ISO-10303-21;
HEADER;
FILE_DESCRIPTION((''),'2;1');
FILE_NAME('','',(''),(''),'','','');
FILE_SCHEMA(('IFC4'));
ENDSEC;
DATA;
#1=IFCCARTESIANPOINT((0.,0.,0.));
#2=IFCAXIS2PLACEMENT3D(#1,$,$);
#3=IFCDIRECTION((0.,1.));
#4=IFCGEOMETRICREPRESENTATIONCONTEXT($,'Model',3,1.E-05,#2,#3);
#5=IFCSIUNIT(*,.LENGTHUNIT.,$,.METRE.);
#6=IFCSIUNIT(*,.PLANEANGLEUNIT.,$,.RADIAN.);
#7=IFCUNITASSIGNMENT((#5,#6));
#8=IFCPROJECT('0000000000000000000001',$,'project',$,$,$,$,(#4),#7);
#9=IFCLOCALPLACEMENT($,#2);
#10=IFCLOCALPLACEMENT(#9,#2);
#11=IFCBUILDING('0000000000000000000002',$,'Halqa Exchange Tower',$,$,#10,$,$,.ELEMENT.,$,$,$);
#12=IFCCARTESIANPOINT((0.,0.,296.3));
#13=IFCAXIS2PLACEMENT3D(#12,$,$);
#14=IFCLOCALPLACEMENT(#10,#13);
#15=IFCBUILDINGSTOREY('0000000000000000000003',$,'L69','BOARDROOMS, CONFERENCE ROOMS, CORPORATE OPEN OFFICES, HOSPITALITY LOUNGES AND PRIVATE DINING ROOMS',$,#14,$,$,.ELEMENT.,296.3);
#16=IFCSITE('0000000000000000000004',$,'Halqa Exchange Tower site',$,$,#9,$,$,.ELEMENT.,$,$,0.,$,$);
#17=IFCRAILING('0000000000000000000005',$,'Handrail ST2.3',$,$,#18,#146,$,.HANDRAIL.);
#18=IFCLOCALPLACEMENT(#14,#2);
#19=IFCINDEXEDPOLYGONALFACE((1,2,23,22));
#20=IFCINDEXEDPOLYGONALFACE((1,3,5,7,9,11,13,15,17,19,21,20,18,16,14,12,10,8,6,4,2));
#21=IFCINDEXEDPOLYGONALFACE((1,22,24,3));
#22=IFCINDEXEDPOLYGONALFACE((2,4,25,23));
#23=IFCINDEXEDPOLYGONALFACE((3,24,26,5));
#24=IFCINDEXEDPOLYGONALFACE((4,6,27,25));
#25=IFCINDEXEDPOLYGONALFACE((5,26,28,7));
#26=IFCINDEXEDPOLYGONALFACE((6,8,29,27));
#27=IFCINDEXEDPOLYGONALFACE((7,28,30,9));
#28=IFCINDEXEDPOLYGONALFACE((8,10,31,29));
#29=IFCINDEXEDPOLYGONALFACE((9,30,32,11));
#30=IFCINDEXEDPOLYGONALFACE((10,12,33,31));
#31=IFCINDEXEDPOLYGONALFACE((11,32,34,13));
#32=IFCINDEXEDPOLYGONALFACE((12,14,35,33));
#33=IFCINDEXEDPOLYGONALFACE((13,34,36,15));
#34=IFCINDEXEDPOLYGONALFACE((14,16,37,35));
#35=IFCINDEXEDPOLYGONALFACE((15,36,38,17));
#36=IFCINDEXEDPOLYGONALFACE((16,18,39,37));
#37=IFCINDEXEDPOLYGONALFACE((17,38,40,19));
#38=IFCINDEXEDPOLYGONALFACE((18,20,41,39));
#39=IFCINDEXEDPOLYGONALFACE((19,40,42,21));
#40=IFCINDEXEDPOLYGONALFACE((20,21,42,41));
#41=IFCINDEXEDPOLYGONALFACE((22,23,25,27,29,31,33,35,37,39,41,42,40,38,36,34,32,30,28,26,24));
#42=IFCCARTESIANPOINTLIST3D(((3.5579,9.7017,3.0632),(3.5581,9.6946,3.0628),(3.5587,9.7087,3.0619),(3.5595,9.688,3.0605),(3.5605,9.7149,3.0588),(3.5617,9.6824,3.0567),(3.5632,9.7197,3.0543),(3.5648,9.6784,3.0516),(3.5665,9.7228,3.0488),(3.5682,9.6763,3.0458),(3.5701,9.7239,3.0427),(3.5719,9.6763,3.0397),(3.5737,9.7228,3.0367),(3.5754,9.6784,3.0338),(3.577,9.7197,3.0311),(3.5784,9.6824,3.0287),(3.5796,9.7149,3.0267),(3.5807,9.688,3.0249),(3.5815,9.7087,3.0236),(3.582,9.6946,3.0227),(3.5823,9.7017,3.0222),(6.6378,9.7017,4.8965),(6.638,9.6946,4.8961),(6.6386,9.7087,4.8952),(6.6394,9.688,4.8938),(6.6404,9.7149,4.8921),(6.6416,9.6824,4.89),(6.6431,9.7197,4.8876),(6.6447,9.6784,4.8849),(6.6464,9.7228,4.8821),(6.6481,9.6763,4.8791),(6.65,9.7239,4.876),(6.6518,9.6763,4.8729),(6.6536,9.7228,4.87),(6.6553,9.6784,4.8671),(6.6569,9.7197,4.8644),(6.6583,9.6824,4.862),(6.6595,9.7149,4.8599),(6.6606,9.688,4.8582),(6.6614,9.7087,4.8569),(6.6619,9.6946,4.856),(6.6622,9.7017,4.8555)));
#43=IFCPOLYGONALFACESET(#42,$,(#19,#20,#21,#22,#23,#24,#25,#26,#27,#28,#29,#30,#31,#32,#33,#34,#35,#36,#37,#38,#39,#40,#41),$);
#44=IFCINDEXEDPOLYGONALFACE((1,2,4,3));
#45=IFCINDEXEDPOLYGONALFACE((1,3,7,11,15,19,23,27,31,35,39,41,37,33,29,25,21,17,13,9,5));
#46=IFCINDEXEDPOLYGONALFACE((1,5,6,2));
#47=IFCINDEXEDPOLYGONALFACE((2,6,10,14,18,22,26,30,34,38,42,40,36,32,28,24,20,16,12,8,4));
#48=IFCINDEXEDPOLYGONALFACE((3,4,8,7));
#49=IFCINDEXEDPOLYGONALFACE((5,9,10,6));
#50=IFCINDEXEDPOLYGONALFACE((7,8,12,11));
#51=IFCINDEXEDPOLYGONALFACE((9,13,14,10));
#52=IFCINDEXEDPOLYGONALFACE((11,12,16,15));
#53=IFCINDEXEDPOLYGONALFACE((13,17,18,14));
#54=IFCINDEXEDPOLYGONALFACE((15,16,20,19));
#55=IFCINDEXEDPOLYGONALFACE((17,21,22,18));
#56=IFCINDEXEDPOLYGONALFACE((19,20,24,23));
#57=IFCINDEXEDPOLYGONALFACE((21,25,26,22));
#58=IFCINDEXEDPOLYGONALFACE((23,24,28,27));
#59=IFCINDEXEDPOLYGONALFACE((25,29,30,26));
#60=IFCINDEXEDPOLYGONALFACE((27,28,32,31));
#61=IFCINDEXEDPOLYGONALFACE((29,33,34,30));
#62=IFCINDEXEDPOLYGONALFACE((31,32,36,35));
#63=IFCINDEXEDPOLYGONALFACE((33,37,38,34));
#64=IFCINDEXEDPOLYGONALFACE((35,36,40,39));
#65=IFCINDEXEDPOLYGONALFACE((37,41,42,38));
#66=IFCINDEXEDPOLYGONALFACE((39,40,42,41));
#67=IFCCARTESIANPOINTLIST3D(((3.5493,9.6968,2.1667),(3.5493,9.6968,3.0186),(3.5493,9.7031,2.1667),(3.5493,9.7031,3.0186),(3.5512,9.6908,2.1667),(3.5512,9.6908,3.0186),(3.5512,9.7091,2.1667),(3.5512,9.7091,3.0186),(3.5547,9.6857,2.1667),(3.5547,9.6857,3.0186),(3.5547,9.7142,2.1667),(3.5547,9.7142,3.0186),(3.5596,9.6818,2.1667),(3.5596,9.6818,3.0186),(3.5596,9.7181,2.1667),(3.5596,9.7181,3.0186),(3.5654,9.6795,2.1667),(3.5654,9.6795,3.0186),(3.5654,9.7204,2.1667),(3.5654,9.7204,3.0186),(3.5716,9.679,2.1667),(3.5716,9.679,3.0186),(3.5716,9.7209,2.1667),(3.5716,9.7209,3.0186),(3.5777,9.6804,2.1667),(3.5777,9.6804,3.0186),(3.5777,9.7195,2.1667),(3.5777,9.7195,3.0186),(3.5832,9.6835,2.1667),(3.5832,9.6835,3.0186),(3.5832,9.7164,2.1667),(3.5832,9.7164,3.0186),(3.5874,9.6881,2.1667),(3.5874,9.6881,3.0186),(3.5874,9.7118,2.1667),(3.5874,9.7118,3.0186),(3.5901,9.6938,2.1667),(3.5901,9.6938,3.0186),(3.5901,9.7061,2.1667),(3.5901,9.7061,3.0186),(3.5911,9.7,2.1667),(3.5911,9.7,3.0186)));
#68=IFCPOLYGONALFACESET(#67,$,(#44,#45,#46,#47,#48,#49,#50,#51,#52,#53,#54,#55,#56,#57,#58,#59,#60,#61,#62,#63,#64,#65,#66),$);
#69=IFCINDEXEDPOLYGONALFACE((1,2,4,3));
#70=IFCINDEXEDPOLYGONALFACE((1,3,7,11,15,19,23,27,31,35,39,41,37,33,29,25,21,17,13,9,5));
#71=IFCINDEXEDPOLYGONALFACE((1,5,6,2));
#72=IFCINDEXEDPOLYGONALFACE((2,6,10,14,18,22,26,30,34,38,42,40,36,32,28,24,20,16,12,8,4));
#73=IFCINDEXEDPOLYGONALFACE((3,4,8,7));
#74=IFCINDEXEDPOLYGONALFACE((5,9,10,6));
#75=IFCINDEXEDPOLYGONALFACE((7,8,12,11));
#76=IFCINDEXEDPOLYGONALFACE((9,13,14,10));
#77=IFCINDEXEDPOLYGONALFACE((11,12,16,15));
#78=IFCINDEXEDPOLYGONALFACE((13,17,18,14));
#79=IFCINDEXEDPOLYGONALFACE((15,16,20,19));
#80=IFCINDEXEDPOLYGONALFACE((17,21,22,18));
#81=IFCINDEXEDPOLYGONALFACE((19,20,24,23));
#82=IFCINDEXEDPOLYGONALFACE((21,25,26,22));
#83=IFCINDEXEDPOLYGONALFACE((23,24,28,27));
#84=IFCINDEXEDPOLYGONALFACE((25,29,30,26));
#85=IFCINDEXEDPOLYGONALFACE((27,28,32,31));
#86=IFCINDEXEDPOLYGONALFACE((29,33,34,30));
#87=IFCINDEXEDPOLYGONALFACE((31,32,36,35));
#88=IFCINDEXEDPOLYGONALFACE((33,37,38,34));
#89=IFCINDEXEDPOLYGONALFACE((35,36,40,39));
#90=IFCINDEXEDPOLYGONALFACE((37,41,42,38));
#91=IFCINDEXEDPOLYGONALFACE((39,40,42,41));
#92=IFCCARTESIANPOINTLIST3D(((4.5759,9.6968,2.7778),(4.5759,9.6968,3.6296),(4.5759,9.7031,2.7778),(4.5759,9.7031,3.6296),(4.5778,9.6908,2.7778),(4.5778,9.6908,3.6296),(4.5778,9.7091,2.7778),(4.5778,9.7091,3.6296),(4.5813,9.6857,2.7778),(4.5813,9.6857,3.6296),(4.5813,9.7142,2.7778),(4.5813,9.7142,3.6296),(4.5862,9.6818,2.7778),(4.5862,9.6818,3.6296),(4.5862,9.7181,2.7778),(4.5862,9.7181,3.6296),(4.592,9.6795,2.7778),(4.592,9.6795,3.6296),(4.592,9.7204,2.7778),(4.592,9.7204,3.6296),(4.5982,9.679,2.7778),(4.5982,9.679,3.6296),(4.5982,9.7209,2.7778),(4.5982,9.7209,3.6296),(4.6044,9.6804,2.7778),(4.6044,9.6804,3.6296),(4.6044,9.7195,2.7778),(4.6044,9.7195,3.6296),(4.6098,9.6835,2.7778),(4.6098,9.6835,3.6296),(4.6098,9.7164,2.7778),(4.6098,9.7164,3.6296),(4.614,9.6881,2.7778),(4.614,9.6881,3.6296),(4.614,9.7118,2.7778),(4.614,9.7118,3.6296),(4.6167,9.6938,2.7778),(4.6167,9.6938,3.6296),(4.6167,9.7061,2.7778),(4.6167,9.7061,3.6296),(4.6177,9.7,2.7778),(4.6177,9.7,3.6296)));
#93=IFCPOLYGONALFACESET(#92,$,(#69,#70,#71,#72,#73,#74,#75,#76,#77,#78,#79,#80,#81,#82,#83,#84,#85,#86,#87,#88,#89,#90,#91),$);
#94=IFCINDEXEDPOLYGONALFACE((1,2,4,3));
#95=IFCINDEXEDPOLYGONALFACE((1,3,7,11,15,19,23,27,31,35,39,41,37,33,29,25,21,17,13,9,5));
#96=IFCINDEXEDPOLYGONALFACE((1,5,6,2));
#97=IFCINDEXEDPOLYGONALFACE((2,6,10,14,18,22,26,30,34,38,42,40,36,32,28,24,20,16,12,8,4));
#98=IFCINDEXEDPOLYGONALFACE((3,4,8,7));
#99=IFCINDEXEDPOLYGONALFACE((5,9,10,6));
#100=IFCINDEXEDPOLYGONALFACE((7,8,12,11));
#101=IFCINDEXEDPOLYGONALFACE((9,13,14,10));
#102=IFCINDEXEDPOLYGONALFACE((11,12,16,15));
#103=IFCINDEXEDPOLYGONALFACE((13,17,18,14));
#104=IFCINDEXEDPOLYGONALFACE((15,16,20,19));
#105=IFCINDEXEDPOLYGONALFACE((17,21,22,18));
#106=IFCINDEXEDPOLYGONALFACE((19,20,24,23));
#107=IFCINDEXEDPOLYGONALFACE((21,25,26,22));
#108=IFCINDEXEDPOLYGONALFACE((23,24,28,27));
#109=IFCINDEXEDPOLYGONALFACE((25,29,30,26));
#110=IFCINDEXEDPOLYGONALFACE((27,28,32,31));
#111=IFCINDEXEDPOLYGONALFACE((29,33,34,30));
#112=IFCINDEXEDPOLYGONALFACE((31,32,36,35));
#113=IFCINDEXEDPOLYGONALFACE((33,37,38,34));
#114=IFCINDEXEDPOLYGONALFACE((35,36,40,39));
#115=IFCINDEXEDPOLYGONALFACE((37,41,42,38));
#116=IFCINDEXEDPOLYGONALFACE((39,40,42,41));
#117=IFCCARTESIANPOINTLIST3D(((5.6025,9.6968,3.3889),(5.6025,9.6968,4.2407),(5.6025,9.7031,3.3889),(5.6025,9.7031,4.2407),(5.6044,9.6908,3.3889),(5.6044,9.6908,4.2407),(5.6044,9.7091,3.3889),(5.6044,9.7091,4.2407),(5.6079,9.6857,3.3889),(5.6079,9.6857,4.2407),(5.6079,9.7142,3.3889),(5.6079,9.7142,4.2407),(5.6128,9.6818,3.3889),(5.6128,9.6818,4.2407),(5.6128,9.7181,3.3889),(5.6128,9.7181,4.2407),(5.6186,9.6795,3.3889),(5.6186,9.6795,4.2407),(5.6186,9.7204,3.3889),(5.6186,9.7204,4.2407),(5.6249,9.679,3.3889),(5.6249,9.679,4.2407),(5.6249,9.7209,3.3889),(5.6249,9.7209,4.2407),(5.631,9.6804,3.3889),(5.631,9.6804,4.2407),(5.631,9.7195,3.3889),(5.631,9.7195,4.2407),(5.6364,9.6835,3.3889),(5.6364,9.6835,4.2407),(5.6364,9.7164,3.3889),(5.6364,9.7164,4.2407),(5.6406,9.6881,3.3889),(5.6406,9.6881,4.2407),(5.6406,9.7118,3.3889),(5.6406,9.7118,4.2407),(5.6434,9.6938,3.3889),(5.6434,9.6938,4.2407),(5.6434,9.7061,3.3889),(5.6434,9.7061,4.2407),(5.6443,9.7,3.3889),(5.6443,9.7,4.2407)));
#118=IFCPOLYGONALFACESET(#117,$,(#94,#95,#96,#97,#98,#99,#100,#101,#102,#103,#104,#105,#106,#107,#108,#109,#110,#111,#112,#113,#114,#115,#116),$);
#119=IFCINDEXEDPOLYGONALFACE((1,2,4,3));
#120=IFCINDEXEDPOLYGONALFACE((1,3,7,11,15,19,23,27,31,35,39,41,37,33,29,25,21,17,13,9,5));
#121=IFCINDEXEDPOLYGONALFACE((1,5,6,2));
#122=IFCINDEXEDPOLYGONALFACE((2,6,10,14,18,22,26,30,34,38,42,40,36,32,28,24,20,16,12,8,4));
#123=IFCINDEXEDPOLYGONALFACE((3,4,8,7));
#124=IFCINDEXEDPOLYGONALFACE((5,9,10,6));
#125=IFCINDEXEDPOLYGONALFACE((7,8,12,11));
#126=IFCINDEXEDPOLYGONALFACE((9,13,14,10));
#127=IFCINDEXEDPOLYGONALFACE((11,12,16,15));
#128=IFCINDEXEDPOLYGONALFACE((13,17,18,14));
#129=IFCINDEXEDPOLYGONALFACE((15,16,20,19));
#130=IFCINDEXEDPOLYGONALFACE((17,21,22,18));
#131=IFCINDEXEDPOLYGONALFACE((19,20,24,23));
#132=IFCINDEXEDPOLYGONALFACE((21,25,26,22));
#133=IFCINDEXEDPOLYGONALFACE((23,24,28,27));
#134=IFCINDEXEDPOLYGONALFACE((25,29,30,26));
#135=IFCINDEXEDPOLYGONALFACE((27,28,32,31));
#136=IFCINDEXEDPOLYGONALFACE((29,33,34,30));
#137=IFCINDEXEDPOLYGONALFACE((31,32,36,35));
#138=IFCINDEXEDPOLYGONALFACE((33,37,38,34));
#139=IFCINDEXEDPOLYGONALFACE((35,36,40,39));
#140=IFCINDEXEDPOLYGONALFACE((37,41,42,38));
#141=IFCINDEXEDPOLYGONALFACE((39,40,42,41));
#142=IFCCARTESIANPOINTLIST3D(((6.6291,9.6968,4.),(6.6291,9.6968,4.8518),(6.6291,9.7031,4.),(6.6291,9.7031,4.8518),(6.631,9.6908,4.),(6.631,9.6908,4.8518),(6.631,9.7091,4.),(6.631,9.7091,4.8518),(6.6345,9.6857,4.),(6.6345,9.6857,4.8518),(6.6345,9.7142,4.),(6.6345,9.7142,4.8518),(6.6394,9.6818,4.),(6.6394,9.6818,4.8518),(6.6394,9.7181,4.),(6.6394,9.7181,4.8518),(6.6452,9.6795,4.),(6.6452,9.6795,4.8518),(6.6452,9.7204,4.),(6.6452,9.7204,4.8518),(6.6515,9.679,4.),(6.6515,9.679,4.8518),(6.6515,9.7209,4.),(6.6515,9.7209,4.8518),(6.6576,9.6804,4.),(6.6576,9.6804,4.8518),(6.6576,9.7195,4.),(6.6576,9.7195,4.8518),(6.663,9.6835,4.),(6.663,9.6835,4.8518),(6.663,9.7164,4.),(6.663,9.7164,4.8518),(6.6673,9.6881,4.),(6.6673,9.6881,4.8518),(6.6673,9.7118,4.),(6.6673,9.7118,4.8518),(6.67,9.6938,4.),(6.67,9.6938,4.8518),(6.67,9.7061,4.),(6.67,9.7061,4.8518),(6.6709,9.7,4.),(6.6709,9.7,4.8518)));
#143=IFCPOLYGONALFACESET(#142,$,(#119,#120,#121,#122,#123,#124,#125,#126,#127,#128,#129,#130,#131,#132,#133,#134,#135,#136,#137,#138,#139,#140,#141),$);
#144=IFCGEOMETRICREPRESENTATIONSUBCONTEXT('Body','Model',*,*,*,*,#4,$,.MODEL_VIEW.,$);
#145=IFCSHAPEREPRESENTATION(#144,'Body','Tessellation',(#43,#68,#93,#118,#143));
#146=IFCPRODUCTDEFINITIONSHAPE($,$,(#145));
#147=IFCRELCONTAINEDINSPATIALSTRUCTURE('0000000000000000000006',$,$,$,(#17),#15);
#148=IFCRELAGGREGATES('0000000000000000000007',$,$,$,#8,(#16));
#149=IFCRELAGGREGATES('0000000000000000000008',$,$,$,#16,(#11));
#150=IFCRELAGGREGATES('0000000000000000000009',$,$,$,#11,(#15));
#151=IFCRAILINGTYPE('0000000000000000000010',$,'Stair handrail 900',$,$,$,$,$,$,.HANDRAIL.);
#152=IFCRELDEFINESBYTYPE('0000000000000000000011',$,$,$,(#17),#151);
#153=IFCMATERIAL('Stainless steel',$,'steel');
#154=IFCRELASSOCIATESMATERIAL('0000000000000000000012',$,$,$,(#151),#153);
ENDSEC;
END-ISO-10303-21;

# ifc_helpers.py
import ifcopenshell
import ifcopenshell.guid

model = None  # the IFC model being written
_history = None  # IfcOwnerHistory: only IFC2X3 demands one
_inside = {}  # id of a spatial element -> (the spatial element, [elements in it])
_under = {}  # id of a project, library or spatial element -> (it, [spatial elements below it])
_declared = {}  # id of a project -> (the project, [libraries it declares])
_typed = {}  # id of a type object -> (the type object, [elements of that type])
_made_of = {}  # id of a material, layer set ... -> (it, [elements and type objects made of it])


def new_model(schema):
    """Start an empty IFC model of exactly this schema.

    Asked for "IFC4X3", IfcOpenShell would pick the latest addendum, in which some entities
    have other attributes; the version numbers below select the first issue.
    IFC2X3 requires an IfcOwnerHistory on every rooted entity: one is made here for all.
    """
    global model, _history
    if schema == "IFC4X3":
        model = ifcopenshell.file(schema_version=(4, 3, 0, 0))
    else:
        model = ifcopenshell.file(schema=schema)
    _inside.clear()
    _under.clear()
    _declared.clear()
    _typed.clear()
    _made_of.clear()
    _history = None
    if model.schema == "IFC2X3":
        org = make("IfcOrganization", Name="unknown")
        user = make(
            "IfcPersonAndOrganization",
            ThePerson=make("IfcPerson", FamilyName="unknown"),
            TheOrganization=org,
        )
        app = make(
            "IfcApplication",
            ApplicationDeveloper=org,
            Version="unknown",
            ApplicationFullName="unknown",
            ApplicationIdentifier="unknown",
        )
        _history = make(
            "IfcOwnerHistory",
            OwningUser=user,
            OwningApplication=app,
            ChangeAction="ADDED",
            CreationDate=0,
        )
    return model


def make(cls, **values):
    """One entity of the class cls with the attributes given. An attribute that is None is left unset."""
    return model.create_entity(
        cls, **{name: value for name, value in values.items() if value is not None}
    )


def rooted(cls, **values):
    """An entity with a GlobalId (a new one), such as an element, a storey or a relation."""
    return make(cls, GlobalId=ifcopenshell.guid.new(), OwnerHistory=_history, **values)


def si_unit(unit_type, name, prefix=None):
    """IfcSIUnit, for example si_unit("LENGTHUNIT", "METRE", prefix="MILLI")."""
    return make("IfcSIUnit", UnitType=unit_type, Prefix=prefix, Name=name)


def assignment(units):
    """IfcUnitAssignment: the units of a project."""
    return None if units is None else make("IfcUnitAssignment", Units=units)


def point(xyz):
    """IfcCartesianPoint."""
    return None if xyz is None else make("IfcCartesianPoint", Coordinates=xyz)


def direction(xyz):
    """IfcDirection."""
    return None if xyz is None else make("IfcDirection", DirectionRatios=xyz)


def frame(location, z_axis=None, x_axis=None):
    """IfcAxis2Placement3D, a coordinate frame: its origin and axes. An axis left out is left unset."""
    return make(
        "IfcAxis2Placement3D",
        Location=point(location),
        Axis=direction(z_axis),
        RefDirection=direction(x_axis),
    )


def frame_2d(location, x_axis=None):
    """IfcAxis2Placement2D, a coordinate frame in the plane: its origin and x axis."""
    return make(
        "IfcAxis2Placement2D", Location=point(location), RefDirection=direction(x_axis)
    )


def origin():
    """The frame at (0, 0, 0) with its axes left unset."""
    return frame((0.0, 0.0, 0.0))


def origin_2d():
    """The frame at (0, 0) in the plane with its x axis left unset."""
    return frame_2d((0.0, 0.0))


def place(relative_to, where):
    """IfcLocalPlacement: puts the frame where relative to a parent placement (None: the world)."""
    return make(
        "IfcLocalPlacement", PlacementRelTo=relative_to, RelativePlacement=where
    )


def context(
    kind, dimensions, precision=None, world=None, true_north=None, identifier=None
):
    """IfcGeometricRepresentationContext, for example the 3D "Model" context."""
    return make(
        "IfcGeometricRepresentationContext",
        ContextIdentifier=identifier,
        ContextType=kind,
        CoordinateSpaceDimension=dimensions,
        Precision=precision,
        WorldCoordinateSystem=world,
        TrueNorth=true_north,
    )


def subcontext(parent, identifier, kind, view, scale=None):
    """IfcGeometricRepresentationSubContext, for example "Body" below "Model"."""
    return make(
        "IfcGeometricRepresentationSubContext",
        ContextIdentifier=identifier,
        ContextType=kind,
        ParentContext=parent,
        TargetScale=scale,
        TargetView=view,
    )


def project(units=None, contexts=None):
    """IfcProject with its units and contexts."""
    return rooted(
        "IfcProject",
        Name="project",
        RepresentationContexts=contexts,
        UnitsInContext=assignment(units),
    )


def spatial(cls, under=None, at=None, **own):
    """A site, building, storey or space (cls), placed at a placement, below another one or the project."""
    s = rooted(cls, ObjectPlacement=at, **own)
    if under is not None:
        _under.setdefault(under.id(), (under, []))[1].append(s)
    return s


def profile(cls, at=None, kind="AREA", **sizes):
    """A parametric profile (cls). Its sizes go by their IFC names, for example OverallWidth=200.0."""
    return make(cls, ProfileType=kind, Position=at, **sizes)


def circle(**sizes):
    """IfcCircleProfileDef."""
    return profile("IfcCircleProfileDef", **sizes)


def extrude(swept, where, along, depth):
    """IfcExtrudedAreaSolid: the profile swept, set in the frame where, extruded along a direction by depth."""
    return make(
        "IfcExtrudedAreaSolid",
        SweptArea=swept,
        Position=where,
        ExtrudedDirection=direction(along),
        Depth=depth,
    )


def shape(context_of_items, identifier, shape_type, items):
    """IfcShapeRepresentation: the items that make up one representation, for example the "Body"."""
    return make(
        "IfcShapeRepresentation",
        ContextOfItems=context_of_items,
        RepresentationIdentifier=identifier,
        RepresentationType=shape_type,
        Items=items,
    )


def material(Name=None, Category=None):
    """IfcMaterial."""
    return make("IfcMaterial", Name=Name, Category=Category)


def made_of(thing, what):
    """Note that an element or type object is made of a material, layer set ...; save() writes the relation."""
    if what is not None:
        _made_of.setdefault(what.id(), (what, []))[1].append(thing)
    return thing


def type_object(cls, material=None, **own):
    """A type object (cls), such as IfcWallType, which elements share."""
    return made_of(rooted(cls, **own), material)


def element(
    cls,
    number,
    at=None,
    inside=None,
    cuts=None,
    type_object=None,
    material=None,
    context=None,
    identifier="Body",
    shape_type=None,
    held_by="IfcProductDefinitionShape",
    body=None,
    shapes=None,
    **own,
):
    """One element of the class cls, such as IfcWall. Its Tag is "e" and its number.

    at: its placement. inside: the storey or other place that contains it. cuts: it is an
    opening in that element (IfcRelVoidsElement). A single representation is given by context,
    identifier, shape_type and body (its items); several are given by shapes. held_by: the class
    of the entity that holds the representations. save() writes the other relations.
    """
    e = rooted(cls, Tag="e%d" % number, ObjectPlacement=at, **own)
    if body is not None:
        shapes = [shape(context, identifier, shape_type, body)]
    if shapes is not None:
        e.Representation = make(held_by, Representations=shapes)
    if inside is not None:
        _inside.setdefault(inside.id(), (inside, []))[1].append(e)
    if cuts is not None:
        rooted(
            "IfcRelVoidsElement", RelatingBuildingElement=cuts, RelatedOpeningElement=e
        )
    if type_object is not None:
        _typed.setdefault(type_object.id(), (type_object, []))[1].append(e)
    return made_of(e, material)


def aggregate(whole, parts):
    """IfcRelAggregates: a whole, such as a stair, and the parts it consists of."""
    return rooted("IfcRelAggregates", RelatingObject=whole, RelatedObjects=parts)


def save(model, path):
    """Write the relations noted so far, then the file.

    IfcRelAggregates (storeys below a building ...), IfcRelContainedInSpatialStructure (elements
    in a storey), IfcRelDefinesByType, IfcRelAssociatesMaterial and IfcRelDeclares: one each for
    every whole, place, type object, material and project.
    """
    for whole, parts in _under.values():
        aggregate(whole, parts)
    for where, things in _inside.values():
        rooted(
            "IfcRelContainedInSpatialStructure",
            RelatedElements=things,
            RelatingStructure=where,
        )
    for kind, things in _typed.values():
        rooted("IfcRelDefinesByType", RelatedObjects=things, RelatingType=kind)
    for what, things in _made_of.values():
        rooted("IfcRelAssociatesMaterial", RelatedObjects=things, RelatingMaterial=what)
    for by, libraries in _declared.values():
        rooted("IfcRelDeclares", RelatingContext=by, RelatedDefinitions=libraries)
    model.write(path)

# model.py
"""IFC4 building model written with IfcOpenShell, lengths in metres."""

from ifc_helpers import new_model, si_unit, direction, frame, origin, origin_2d, place, context, subcontext, project, spatial, circle, extrude, material, type_object, element, save


model = new_model("IFC4")

# Units and contexts
model_context = context("Model", 3, precision=1e-05, world=origin(), true_north=direction((0.0, 1.0)))
body_context = subcontext(model_context, "Body", "Model", "MODEL_VIEW")
ifc_project = project(units=[si_unit("LENGTHUNIT", "METRE"), si_unit("PLANEANGLEUNIT", "RADIAN")], contexts=[model_context])

# Site, building, storey
site_placement = place(None, origin())
site = spatial("IfcSite", under=ifc_project, at=site_placement, Name="Halqa Exchange Tower site", CompositionType="ELEMENT", RefElevation=0.0)
building_placement = place(site_placement, origin())
building = spatial("IfcBuilding", under=site, at=building_placement, Name="Halqa Exchange Tower", CompositionType="ELEMENT")
storey_placement = place(building_placement, frame((0.0, 0.0, 296.3)))
storey = spatial("IfcBuildingStorey", under=building, at=storey_placement, Name="L69", Description="BOARDROOMS, CONFERENCE ROOMS, CORPORATE OPEN OFFICES, HOSPITALITY LOUNGES AND PRIVATE DINING ROOMS", CompositionType="ELEMENT", Elevation=296.3)

# Railing
ifc_material_1 = material(Name="Stainless steel", Category="steel")
railing_type_1 = type_object("IfcRailingType", Name="Stair handrail 900", PredefinedType="HANDRAIL", material=ifc_material_1)
railing_1_placement = place(storey_placement, frame((3.5701, 9.7, 2.1667)))
element("IfcRailing", 1, at=railing_1_placement, inside=storey, type_object=railing_type_1, Name="Handrail ST2.3", PredefinedType="HANDRAIL", context=body_context, shape_type="SweptSolid", body=[
    extrude(circle(Radius=0.0239, at=origin_2d()), frame((0.0, 0.0, 0.876), z_axis=(0.859291, 0.0, 0.511487), x_axis=(0.0, 1.0, 0.0)), (0.0, 0.0, 1.0), 3.5842),
    extrude(circle(Radius=0.021, at=origin_2d()), origin(), (0.0, 0.0, 1.0), 0.8518),
    extrude(circle(Radius=0.021, at=origin_2d()), frame((1.0266, 0.0, 0.6111)), (0.0, 0.0, 1.0), 0.8518),
    extrude(circle(Radius=0.021, at=origin_2d()), frame((2.0532, 0.0, 1.2222)), (0.0, 0.0, 1.0), 0.8518),
    extrude(circle(Radius=0.021, at=origin_2d()), frame((3.0798, 0.0, 1.8333)), (0.0, 0.0, 1.0), 0.8518),
])

save(model, "model.ifc")
